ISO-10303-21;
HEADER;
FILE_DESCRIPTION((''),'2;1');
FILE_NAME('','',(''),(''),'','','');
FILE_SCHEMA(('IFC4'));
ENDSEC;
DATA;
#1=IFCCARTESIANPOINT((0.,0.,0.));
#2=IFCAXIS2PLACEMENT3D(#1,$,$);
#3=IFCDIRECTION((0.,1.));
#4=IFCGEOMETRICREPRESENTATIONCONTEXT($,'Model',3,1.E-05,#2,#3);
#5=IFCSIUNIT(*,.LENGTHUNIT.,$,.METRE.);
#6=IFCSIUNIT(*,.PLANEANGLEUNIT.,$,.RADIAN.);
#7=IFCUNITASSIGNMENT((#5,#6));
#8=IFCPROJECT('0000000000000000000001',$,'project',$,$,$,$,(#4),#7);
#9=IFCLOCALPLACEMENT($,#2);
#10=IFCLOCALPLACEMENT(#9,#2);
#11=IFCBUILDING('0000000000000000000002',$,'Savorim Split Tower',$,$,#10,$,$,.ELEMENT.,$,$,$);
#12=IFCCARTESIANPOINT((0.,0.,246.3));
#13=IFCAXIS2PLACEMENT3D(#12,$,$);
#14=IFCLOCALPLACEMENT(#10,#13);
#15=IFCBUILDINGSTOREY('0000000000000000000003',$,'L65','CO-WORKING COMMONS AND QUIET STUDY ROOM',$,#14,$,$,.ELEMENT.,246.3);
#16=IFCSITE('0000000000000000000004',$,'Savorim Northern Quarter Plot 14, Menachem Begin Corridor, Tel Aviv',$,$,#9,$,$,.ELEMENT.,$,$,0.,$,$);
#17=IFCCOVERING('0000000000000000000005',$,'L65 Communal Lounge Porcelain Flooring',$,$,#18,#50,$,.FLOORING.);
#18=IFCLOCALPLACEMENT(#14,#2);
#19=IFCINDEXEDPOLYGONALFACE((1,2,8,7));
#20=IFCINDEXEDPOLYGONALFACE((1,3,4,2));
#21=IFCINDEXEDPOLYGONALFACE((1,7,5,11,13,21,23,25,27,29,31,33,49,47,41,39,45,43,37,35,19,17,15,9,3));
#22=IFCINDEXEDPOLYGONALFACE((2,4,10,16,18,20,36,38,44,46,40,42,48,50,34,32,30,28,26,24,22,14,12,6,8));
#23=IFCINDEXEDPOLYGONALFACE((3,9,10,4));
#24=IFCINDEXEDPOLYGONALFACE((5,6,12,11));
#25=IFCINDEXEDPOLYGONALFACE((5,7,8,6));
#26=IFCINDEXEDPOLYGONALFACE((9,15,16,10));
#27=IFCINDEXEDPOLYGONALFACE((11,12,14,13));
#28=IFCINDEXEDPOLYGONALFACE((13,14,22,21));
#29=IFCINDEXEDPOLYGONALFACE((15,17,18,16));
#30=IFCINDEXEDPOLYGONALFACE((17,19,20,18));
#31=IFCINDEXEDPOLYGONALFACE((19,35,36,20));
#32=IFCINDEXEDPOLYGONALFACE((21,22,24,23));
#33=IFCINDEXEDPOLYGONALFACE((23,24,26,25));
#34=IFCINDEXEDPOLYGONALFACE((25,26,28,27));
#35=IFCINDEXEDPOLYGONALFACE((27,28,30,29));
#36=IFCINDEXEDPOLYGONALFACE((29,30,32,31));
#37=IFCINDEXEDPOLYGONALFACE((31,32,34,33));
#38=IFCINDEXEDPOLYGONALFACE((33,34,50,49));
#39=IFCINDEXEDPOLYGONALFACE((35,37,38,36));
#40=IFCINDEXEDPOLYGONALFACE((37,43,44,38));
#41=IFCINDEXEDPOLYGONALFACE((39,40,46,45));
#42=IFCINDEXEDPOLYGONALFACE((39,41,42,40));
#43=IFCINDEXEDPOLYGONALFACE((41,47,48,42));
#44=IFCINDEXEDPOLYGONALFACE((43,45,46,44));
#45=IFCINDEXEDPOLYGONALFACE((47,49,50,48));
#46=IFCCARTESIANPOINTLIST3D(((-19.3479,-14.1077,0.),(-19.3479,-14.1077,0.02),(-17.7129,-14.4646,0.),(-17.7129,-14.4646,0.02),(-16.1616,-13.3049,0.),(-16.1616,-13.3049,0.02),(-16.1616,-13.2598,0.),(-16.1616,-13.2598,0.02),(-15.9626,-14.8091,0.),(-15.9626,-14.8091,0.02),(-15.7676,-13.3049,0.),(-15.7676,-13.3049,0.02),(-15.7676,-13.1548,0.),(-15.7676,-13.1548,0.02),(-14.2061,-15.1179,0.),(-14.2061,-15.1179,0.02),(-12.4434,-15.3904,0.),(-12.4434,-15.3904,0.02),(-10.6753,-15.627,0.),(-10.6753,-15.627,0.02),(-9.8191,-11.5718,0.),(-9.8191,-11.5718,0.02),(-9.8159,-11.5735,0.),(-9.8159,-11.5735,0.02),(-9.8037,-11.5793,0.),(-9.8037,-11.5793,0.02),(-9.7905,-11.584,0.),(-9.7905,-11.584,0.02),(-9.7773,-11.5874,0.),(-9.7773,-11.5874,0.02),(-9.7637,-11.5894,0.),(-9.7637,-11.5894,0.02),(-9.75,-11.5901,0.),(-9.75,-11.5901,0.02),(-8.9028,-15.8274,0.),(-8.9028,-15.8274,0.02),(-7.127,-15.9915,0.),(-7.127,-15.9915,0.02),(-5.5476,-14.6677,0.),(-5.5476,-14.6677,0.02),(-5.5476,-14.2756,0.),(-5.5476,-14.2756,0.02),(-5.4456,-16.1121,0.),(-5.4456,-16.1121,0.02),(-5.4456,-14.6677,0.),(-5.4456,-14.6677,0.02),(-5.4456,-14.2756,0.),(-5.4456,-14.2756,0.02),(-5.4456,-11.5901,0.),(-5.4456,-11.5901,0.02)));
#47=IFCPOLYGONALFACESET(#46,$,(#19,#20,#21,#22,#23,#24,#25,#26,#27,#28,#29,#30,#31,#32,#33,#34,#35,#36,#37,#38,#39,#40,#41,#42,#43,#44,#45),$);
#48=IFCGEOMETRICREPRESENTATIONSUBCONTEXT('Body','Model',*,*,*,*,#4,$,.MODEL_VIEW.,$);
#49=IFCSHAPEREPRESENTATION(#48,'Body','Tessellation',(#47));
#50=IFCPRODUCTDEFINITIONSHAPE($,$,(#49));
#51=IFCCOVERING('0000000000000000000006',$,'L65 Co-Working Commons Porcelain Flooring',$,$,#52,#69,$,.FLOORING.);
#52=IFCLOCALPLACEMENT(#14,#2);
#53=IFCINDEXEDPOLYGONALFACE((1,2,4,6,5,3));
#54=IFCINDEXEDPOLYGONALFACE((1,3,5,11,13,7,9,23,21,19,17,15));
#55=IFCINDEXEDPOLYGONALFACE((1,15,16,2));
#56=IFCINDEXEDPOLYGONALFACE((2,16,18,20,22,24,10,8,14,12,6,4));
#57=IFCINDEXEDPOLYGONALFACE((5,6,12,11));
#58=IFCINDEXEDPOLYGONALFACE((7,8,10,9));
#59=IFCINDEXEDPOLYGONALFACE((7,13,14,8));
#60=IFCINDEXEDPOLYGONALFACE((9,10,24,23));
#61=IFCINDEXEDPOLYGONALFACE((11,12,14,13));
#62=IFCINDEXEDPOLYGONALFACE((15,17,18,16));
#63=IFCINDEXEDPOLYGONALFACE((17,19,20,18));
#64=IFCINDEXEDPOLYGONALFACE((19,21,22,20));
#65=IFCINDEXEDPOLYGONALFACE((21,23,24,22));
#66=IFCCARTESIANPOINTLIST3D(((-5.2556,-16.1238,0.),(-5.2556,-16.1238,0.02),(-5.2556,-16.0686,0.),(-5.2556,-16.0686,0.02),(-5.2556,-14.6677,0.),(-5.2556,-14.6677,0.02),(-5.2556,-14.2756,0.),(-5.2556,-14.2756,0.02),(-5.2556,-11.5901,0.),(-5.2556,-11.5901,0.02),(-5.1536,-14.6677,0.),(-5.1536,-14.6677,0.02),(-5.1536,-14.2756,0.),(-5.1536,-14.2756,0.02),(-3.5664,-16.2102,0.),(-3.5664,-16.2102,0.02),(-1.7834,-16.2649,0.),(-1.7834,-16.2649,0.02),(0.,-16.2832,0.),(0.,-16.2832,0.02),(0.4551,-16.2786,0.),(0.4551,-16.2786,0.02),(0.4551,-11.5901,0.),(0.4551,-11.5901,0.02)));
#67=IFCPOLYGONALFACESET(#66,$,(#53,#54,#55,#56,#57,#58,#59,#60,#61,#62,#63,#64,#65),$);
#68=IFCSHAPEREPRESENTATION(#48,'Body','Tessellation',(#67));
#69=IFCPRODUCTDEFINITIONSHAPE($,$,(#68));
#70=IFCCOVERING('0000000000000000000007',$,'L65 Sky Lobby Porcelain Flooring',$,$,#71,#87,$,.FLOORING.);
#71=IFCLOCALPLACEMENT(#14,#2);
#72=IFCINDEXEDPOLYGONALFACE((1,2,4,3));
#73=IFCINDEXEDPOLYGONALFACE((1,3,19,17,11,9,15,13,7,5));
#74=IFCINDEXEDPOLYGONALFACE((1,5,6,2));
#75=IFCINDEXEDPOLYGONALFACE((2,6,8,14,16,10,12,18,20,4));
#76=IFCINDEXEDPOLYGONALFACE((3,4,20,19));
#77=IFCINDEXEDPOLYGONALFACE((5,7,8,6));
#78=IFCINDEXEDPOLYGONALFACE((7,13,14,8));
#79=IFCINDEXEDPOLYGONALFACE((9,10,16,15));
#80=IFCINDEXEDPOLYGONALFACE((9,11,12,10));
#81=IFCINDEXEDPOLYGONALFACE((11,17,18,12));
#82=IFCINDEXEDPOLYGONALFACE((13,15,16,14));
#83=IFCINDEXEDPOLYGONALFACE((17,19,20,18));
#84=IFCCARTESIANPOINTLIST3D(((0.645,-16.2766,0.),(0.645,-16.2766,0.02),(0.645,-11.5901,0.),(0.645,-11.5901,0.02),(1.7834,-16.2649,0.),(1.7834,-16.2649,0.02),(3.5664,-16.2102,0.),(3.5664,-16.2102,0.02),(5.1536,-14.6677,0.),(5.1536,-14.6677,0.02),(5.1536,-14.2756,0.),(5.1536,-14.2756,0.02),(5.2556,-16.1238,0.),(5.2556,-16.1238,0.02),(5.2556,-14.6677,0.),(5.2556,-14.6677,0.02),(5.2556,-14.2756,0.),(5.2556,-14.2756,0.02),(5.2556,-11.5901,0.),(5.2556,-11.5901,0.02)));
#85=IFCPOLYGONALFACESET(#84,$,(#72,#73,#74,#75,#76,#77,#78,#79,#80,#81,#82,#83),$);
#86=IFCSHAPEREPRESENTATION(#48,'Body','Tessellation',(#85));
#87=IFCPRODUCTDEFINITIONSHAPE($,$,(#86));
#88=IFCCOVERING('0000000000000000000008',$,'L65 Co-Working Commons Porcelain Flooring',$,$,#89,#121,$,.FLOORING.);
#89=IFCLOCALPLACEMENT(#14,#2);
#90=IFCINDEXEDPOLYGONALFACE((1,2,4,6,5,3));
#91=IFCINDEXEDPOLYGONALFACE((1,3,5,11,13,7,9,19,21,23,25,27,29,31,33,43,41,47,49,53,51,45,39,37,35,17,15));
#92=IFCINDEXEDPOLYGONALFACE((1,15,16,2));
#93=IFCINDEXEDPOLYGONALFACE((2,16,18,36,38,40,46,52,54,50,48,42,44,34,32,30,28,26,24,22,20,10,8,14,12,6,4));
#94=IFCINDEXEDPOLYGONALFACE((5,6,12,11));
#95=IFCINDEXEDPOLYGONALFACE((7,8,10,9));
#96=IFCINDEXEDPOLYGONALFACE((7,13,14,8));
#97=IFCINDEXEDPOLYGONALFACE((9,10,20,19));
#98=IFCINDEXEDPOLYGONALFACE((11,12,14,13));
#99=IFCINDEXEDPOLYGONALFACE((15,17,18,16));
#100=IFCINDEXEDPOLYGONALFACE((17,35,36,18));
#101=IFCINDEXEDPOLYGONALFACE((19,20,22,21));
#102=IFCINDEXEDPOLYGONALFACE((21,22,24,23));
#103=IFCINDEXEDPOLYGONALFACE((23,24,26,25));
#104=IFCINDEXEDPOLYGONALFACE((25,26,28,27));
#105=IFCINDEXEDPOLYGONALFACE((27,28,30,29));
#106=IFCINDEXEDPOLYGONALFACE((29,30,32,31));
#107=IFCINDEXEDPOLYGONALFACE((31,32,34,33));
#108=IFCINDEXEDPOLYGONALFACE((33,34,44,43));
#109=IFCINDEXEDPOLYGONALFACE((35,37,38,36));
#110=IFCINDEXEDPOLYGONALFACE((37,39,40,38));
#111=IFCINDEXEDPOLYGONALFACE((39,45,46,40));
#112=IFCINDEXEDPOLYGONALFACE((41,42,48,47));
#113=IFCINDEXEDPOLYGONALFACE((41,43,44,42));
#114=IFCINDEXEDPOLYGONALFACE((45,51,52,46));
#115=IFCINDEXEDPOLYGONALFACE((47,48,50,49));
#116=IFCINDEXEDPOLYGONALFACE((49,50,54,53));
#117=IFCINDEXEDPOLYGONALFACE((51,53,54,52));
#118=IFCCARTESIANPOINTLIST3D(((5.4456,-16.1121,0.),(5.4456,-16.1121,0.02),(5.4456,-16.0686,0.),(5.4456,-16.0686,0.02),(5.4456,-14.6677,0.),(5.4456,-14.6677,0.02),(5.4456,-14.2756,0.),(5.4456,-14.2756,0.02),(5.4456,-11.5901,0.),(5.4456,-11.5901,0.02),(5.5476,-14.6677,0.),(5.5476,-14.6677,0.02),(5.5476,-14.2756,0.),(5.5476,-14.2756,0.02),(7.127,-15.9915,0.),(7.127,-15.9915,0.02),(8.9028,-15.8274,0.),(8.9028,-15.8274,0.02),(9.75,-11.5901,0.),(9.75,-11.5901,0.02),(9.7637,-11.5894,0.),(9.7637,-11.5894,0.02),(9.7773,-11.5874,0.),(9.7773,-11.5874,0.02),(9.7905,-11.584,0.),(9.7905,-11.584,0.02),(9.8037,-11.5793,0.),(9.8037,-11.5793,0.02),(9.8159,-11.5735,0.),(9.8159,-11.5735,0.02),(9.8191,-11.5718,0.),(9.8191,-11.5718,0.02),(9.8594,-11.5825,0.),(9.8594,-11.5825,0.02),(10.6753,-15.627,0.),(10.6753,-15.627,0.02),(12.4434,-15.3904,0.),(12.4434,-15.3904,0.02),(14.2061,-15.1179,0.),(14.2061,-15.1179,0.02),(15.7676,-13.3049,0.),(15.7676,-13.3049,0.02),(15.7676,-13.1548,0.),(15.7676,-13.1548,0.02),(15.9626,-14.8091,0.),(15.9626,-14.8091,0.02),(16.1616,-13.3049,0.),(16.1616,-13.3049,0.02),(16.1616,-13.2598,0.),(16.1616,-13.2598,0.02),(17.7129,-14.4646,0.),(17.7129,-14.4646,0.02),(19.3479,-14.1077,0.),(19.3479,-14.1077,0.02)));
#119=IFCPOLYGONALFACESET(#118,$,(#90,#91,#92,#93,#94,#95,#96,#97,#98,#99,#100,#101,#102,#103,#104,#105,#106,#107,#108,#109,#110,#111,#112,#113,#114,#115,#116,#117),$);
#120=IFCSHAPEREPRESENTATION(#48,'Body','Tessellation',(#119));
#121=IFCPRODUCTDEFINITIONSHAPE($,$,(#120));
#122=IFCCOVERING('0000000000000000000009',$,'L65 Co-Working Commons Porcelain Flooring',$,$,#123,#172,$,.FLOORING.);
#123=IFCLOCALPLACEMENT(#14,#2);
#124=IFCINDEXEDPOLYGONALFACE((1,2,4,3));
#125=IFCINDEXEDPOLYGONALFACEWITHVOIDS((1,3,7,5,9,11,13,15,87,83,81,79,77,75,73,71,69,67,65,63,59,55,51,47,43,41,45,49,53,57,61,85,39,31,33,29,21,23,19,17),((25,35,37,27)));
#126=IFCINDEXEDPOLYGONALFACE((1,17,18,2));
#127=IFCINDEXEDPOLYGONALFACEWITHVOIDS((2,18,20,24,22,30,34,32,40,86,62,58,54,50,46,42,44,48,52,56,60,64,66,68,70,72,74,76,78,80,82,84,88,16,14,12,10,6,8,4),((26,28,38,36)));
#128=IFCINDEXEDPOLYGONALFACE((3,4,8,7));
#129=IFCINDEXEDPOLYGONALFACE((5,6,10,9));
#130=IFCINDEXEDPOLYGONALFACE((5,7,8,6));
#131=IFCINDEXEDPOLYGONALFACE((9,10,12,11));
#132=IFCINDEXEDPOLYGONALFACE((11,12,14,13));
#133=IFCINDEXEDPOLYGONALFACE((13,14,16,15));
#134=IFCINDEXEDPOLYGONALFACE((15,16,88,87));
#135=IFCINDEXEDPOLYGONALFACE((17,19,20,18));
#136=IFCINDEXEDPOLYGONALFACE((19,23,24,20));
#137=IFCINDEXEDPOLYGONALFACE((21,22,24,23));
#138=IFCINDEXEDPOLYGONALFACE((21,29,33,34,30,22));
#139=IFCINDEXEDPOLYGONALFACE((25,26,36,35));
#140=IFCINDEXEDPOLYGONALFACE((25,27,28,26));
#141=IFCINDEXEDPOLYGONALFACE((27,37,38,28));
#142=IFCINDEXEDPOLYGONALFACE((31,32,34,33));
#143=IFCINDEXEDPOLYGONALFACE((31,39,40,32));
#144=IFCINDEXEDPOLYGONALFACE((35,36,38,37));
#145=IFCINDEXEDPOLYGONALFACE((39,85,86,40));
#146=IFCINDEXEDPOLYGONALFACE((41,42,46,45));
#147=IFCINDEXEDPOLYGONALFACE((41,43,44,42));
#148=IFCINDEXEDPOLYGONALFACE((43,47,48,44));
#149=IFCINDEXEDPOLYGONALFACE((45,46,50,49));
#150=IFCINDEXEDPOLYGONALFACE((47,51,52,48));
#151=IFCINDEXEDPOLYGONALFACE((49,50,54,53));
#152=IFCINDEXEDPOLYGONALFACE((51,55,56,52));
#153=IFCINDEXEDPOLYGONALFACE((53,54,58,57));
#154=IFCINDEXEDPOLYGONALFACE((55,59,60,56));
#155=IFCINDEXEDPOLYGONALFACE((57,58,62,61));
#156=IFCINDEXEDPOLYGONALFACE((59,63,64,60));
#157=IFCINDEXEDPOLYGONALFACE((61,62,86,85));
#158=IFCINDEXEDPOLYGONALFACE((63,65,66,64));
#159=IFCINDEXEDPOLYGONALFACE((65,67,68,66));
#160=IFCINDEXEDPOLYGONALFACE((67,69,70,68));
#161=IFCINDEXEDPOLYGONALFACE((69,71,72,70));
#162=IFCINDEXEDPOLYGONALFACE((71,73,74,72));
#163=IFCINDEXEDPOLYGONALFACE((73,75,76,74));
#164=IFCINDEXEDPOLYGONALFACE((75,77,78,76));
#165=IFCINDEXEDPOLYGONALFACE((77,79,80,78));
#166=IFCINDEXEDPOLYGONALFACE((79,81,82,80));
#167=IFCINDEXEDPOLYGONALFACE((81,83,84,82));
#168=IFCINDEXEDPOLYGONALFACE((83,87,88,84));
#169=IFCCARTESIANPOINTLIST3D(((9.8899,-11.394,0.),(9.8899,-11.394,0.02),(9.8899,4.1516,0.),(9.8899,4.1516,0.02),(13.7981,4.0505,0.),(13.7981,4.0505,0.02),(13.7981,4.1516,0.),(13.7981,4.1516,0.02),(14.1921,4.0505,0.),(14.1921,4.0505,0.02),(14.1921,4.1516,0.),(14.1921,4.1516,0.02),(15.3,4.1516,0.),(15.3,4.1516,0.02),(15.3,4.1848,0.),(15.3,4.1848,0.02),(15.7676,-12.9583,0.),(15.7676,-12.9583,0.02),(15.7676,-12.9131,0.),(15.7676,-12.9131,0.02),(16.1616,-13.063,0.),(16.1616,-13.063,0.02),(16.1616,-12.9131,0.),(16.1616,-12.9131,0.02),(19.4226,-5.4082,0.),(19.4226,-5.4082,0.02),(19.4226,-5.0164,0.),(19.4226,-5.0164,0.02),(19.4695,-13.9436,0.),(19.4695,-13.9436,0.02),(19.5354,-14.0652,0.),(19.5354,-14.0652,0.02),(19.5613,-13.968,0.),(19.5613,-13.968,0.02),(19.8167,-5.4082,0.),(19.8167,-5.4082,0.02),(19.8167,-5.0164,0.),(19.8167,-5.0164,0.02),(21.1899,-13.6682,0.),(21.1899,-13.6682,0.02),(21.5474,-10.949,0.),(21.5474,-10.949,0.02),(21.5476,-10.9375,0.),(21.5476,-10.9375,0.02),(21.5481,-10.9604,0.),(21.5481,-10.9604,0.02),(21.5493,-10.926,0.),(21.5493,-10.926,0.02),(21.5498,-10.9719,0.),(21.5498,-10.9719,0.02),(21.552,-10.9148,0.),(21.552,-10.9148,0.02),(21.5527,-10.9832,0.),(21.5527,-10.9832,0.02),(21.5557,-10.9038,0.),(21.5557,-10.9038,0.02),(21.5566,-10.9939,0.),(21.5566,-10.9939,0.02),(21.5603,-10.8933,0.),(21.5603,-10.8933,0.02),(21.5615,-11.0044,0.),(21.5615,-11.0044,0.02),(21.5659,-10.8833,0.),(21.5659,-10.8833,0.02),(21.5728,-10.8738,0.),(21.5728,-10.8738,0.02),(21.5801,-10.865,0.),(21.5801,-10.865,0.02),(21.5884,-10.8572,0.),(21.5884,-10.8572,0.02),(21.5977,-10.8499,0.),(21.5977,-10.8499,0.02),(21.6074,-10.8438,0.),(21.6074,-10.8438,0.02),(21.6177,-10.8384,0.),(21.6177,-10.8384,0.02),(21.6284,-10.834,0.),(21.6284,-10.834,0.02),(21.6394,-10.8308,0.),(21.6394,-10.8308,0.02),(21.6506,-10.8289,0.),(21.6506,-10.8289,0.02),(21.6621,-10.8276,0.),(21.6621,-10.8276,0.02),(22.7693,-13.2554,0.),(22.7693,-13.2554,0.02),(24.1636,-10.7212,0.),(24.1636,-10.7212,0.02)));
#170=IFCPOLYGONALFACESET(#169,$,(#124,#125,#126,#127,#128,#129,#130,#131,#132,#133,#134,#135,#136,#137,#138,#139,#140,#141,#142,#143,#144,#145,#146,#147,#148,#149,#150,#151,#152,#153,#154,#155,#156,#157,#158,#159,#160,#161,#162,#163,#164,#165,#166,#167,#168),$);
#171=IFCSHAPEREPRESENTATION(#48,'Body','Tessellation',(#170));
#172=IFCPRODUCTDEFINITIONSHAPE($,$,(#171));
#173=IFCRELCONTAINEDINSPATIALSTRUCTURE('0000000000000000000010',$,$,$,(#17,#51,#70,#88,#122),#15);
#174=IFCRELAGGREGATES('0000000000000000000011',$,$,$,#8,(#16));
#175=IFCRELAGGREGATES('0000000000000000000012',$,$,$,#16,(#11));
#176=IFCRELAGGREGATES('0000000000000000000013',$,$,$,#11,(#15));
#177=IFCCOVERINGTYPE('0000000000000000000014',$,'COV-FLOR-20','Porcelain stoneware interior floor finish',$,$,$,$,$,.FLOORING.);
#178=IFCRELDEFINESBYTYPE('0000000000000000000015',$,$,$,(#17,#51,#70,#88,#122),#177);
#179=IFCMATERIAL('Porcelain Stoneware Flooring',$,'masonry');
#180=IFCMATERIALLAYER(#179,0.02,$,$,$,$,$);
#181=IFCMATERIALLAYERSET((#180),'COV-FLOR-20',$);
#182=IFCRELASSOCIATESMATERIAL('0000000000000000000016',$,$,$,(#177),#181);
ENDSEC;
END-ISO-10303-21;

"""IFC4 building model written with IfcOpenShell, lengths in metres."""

from ifc_helpers import new_model, si_unit, direction, frame, origin, place, context, subcontext, project, spatial, polyline, outline, extrude, material, layer, layer_set, type_object, element, save


model = new_model("IFC4")

# Units and contexts
model_context = context("Model", 3, precision=1e-05, world=origin(), true_north=direction((0.0, 1.0)))
body_context = subcontext(model_context, "Body", "Model", "MODEL_VIEW")
ifc_project = project(units=[si_unit("LENGTHUNIT", "METRE"), si_unit("PLANEANGLEUNIT", "RADIAN")], contexts=[model_context])

# Site, building, storey
site_placement = place(None, origin())
site = spatial("IfcSite", under=ifc_project, at=site_placement, Name="Savorim Northern Quarter Plot 14, Menachem Begin Corridor, Tel Aviv", CompositionType="ELEMENT", RefElevation=0.0)
building_placement = place(site_placement, origin())
building = spatial("IfcBuilding", under=site, at=building_placement, Name="Savorim Split Tower", CompositionType="ELEMENT")
storey_placement = place(building_placement, frame((0.0, 0.0, 246.3)))
storey = spatial("IfcBuildingStorey", under=building, at=storey_placement, Name="L65", Description="CO-WORKING COMMONS AND QUIET STUDY ROOM", CompositionType="ELEMENT", Elevation=246.3)

# Coverings
ifc_material_1 = material(Name="Porcelain Stoneware Flooring", Category="masonry")
ifc_layer_1 = layer(ifc_material_1, 0.02)
ifc_layer_set_1 = layer_set([ifc_layer_1], Name="COV-FLOR-20")
covering_type_1 = type_object("IfcCoveringType", Name="COV-FLOR-20", Description="Porcelain stoneware interior floor finish", PredefinedType="FLOORING", material=ifc_layer_set_1)
covering_1_placement = place(storey_placement, origin())
element("IfcCovering", 1, at=covering_1_placement, inside=storey, type_object=covering_type_1, Name="L65 Communal Lounge Porcelain Flooring", PredefinedType="FLOORING", context=body_context, shape_type="SweptSolid", body=[
    extrude(outline(polyline([(-12.4434, -15.3904), (-10.6753, -15.627), (-8.9028, -15.8274), (-7.127, -15.9915), (-5.4456, -16.1121), (-5.4456, -14.6677), (-5.5476, -14.6677), (-5.5476, -14.2756), (-5.4456, -14.2756), (-5.4456, -11.5901), (-9.75, -11.5901), (-9.7637, -11.5894), (-9.7773, -11.5874), (-9.7905, -11.584), (-9.8037, -11.5793), (-9.8159, -11.5735), (-9.8191, -11.5718), (-15.7676, -13.1548), (-15.7676, -13.3049), (-16.1616, -13.3049), (-16.1616, -13.2598), (-19.3479, -14.1077), (-17.7129, -14.4646), (-15.9626, -14.8091), (-14.2061, -15.1179), (-12.4434, -15.3904)])), origin(), (0.0, 0.0, 1.0), 0.02),
])
covering_2_placement = place(storey_placement, origin())
element("IfcCovering", 2, at=covering_2_placement, inside=storey, type_object=covering_type_1, Name="L65 Co-Working Commons Porcelain Flooring", PredefinedType="FLOORING", context=body_context, shape_type="SweptSolid", body=[
    extrude(outline(polyline([(-3.5664, -16.2102), (-1.7834, -16.2649), (0.0, -16.2832), (0.4551, -16.2786), (0.4551, -11.5901), (-5.2556, -11.5901), (-5.2556, -14.2756), (-5.1536, -14.2756), (-5.1536, -14.6677), (-5.2556, -14.6677), (-5.2556, -16.0686), (-5.2556, -16.1238), (-3.5664, -16.2102)])), origin(), (0.0, 0.0, 1.0), 0.02),
])
covering_3_placement = place(storey_placement, origin())
element("IfcCovering", 3, at=covering_3_placement, inside=storey, type_object=covering_type_1, Name="L65 Sky Lobby Porcelain Flooring", PredefinedType="FLOORING", context=body_context, shape_type="SweptSolid", body=[
    extrude(outline(polyline([(0.645, -11.5901), (0.645, -16.2766), (1.7834, -16.2649), (3.5664, -16.2102), (5.2556, -16.1238), (5.2556, -14.6677), (5.1536, -14.6677), (5.1536, -14.2756), (5.2556, -14.2756), (5.2556, -11.5901), (0.645, -11.5901)])), origin(), (0.0, 0.0, 1.0), 0.02),
])
covering_4_placement = place(storey_placement, origin())
element("IfcCovering", 4, at=covering_4_placement, inside=storey, type_object=covering_type_1, Name="L65 Co-Working Commons Porcelain Flooring", PredefinedType="FLOORING", context=body_context, shape_type="SweptSolid", body=[
    extrude(outline(polyline([(12.4434, -15.3904), (14.2061, -15.1179), (15.9626, -14.8091), (17.7129, -14.4646), (19.3479, -14.1077), (16.1616, -13.2598), (16.1616, -13.3049), (15.7676, -13.3049), (15.7676, -13.1548), (9.8594, -11.5825), (9.8191, -11.5718), (9.8159, -11.5735), (9.8037, -11.5793), (9.7905, -11.584), (9.7773, -11.5874), (9.7637, -11.5894), (9.75, -11.5901), (5.4456, -11.5901), (5.4456, -14.2756), (5.5476, -14.2756), (5.5476, -14.6677), (5.4456, -14.6677), (5.4456, -16.0686), (5.4456, -16.1121), (7.127, -15.9915), (8.9028, -15.8274), (10.6753, -15.627), (12.4434, -15.3904)])), origin(), (0.0, 0.0, 1.0), 0.02),
])
covering_5_placement = place(storey_placement, origin())
element("IfcCovering", 5, at=covering_5_placement, inside=storey, type_object=covering_type_1, Name="L65 Co-Working Commons Porcelain Flooring", PredefinedType="FLOORING", context=body_context, shape_type="SweptSolid", body=[
    extrude(outline(polyline([(21.6394, -10.8308), (21.6506, -10.8289), (21.6621, -10.8276), (24.1636, -10.7212), (15.3, 4.1848), (15.3, 4.1516), (14.1921, 4.1516), (14.1921, 4.0505), (13.7981, 4.0505), (13.7981, 4.1516), (9.8899, 4.1516), (9.8899, -11.394), (15.7676, -12.9583), (15.7676, -12.9131), (16.1616, -12.9131), (16.1616, -13.063), (19.4695, -13.9436), (19.5613, -13.968), (19.5354, -14.0652), (21.1899, -13.6682), (22.7693, -13.2554), (21.5615, -11.0044), (21.5566, -10.9939), (21.5527, -10.9832), (21.5498, -10.9719), (21.5481, -10.9604), (21.5474, -10.949), (21.5476, -10.9375), (21.5493, -10.926), (21.552, -10.9148), (21.5557, -10.9038), (21.5603, -10.8933), (21.5659, -10.8833), (21.5728, -10.8738), (21.5801, -10.865), (21.5884, -10.8572), (21.5977, -10.8499), (21.6074, -10.8438), (21.6177, -10.8384), (21.6284, -10.834), (21.6394, -10.8308)]), holes=[polyline([(19.8167, -5.4082), (19.8167, -5.0164), (19.4226, -5.0164), (19.4226, -5.4082), (19.8167, -5.4082)])]), origin(), (0.0, 0.0, 1.0), 0.02),
])

save(model, "model.ifc")
